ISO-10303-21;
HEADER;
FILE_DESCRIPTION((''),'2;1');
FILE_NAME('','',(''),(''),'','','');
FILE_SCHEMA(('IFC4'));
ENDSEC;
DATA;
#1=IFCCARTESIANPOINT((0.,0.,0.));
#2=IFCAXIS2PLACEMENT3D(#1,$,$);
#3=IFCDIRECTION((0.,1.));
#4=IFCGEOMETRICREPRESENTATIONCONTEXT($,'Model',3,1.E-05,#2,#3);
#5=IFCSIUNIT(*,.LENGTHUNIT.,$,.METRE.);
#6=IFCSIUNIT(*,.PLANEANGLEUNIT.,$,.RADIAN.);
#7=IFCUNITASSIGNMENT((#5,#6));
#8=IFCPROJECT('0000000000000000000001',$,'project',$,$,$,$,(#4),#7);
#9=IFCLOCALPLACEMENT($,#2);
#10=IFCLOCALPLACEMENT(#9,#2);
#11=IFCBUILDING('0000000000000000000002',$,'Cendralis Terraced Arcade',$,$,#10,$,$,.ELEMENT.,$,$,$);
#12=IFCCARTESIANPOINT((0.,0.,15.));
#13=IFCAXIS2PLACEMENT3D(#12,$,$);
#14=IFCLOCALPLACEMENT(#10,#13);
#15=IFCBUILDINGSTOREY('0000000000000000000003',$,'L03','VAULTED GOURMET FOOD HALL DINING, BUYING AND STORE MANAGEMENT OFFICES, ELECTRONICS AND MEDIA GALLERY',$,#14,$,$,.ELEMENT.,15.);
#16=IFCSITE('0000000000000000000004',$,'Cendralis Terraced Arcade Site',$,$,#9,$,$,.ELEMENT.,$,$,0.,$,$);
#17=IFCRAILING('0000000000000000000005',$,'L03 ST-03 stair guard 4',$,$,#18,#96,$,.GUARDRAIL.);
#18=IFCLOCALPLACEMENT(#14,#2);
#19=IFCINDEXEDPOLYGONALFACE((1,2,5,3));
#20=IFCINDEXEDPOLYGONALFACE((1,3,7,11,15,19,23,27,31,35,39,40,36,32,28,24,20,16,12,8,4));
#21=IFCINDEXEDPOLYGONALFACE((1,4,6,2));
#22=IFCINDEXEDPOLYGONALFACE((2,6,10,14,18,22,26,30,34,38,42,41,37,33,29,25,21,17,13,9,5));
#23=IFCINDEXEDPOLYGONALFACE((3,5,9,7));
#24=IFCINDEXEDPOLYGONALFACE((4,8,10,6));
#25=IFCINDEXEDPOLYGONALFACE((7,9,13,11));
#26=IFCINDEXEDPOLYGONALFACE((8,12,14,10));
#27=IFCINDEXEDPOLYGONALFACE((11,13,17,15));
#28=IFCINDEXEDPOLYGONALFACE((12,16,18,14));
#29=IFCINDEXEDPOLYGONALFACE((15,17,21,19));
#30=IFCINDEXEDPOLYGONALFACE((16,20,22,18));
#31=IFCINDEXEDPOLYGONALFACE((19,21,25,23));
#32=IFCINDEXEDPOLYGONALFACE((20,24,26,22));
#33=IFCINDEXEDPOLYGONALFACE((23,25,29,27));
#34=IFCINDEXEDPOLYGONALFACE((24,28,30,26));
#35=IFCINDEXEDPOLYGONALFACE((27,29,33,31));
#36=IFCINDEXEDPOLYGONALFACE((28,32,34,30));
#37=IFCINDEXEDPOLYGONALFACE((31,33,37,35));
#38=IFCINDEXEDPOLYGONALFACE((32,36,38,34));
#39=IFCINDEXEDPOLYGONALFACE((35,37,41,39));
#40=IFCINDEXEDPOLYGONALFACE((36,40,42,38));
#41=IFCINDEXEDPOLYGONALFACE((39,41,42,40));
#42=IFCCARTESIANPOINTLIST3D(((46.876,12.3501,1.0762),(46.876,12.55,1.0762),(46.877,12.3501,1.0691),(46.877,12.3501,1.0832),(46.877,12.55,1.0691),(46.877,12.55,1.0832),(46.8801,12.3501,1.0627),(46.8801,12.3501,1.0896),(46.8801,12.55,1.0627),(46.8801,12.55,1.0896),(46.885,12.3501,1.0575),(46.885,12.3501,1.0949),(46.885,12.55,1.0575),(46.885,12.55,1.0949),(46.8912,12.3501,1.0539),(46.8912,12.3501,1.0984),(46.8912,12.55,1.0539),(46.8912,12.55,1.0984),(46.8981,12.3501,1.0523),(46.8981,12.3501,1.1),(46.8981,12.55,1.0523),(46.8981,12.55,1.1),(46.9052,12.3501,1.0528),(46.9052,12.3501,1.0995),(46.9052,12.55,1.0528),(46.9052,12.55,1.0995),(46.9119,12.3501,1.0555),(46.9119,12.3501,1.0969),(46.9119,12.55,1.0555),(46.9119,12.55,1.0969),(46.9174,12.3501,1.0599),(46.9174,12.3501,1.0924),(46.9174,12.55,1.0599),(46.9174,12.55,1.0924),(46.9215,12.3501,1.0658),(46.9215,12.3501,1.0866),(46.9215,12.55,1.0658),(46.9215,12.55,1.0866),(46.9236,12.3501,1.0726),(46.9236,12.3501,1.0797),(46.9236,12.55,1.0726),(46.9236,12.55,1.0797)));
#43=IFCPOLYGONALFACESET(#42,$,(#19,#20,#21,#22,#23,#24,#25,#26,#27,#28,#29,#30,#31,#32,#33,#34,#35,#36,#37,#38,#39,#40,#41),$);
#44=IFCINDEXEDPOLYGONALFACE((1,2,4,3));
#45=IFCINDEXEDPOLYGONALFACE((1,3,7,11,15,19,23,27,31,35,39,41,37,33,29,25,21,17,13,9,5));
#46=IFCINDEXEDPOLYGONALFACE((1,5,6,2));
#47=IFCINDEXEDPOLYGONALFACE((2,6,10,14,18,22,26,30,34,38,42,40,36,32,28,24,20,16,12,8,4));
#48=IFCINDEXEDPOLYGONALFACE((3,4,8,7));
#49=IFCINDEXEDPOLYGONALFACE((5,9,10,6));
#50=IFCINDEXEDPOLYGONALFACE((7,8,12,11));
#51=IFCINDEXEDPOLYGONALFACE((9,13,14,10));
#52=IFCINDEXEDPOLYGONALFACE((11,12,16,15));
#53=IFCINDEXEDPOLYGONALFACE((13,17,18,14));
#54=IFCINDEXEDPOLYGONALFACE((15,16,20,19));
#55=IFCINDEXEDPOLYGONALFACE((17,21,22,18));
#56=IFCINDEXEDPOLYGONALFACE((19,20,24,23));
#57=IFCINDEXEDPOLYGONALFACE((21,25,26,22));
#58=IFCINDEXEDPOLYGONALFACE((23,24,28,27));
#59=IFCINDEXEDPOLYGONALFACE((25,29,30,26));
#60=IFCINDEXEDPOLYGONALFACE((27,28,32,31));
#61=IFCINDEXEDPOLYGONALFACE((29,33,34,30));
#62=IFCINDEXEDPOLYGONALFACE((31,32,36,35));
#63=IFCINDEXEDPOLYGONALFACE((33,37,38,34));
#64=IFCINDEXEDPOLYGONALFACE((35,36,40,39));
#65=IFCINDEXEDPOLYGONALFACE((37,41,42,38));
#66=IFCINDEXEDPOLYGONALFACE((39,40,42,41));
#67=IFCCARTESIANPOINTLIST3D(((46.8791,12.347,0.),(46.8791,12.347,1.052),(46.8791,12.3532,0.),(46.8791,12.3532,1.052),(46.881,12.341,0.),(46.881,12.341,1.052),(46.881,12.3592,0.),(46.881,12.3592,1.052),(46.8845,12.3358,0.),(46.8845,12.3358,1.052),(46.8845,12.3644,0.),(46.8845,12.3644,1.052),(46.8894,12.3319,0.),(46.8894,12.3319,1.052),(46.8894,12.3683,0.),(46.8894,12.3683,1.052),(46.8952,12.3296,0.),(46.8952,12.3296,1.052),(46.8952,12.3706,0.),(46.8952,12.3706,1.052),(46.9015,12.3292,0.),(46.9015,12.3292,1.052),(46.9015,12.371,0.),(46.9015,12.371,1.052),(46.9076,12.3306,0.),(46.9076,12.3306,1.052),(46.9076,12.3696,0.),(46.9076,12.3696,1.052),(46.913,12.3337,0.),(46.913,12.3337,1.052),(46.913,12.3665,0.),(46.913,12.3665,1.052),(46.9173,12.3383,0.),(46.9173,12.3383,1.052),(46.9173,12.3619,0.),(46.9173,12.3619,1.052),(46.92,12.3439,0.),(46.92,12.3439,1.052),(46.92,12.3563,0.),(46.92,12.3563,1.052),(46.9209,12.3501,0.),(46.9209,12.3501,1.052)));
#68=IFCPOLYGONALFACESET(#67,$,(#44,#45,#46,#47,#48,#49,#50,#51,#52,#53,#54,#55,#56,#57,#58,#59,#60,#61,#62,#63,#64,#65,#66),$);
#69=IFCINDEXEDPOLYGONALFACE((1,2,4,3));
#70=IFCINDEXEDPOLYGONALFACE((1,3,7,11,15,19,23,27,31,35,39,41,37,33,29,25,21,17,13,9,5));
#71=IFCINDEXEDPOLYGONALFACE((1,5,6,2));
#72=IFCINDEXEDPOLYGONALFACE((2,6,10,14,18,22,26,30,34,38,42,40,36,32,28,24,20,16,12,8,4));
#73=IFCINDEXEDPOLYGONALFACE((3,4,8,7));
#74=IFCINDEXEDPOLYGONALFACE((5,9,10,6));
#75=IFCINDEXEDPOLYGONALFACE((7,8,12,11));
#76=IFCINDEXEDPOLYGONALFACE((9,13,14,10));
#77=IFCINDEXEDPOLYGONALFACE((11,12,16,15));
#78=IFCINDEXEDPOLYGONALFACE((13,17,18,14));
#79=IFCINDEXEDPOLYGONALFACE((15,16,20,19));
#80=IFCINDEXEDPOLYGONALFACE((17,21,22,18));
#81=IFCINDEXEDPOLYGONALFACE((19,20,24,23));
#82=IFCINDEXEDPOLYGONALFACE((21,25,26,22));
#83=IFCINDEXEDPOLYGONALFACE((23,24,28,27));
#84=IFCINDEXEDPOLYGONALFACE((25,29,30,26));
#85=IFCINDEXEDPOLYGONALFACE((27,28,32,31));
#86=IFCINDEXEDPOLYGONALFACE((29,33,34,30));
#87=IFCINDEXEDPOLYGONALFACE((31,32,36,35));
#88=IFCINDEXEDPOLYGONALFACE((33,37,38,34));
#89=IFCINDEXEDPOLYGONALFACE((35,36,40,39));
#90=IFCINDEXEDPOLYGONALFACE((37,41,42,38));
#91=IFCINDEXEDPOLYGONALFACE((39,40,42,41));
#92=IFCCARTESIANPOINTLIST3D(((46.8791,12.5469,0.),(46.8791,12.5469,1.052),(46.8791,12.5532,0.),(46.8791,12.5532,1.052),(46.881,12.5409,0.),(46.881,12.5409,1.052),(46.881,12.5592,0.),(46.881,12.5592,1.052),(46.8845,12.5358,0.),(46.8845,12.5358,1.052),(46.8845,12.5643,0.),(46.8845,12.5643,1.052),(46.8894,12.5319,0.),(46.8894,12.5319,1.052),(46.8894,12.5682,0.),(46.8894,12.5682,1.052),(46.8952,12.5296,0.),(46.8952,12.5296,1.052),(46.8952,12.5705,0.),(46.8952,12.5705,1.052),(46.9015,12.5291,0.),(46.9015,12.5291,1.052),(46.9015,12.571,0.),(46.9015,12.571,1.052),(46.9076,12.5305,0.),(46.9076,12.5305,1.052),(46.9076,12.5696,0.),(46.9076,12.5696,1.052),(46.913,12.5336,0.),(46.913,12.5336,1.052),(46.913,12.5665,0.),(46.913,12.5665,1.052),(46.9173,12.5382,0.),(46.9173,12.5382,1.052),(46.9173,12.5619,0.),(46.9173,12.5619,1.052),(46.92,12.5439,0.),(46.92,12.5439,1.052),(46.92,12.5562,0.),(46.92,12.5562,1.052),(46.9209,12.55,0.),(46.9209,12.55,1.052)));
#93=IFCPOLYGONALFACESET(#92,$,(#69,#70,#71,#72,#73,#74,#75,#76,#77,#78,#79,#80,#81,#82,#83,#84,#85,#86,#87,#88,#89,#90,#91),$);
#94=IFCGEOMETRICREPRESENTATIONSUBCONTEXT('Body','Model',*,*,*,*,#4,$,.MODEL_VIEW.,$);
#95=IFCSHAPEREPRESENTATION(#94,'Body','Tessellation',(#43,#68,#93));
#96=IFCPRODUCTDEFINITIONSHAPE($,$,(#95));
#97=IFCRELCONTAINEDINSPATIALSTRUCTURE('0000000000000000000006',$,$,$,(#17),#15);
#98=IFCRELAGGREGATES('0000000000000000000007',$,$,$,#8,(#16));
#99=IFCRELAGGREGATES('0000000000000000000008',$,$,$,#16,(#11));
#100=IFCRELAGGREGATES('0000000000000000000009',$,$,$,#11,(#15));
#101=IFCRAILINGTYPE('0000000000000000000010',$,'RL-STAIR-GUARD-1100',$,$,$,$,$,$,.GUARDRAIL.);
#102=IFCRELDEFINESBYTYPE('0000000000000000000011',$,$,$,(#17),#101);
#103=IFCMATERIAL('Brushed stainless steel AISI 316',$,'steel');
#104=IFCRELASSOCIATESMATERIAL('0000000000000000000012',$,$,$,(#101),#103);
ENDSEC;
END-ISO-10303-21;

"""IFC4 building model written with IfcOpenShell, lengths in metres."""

from ifc_helpers import new_model, si_unit, direction, frame, origin, origin_2d, place, context, subcontext, project, spatial, circle, extrude, material, type_object, element, save


model = new_model("IFC4")

# Units and contexts
model_context = context("Model", 3, precision=1e-05, world=origin(), true_north=direction((0.0, 1.0)))
body_context = subcontext(model_context, "Body", "Model", "MODEL_VIEW")
ifc_project = project(units=[si_unit("LENGTHUNIT", "METRE"), si_unit("PLANEANGLEUNIT", "RADIAN")], contexts=[model_context])

# Site, building, storey
site_placement = place(None, origin())
site = spatial("IfcSite", under=ifc_project, at=site_placement, Name="Cendralis Terraced Arcade Site", CompositionType="ELEMENT", RefElevation=0.0)
building_placement = place(site_placement, origin())
building = spatial("IfcBuilding", under=site, at=building_placement, Name="Cendralis Terraced Arcade", CompositionType="ELEMENT")
storey_placement = place(building_placement, frame((0.0, 0.0, 15.0)))
storey = spatial("IfcBuildingStorey", under=building, at=storey_placement, Name="L03", Description="VAULTED GOURMET FOOD HALL DINING, BUYING AND STORE MANAGEMENT OFFICES, ELECTRONICS AND MEDIA GALLERY", CompositionType="ELEMENT", Elevation=15.0)

# Railing
ifc_material_1 = material(Name="Brushed stainless steel AISI 316", Category="steel")
railing_type_1 = type_object("IfcRailingType", Name="RL-STAIR-GUARD-1100", PredefinedType="GUARDRAIL", material=ifc_material_1)
railing_1_placement = place(storey_placement, frame((46.8999, 12.3501, 0.0)))
element("IfcRailing", 1, at=railing_1_placement, inside=storey, type_object=railing_type_1, Name="L03 ST-03 stair guard 4", PredefinedType="GUARDRAIL", context=body_context, shape_type="SweptSolid", body=[
    extrude(circle(Radius=0.0239, at=origin_2d()), frame((0.0, 0.0, 1.0762), z_axis=(0.0, 1.0, 0.0), x_axis=(-1.0, 0.0, 0.0)), (0.0, 0.0, 1.0), 0.2),
    extrude(circle(Radius=0.021, at=origin_2d()), origin(), (0.0, 0.0, 1.0), 1.052),
    extrude(circle(Radius=0.021, at=origin_2d()), frame((0.0, 0.2, 0.0)), (0.0, 0.0, 1.0), 1.052),
])

save(model, "model.ifc")
